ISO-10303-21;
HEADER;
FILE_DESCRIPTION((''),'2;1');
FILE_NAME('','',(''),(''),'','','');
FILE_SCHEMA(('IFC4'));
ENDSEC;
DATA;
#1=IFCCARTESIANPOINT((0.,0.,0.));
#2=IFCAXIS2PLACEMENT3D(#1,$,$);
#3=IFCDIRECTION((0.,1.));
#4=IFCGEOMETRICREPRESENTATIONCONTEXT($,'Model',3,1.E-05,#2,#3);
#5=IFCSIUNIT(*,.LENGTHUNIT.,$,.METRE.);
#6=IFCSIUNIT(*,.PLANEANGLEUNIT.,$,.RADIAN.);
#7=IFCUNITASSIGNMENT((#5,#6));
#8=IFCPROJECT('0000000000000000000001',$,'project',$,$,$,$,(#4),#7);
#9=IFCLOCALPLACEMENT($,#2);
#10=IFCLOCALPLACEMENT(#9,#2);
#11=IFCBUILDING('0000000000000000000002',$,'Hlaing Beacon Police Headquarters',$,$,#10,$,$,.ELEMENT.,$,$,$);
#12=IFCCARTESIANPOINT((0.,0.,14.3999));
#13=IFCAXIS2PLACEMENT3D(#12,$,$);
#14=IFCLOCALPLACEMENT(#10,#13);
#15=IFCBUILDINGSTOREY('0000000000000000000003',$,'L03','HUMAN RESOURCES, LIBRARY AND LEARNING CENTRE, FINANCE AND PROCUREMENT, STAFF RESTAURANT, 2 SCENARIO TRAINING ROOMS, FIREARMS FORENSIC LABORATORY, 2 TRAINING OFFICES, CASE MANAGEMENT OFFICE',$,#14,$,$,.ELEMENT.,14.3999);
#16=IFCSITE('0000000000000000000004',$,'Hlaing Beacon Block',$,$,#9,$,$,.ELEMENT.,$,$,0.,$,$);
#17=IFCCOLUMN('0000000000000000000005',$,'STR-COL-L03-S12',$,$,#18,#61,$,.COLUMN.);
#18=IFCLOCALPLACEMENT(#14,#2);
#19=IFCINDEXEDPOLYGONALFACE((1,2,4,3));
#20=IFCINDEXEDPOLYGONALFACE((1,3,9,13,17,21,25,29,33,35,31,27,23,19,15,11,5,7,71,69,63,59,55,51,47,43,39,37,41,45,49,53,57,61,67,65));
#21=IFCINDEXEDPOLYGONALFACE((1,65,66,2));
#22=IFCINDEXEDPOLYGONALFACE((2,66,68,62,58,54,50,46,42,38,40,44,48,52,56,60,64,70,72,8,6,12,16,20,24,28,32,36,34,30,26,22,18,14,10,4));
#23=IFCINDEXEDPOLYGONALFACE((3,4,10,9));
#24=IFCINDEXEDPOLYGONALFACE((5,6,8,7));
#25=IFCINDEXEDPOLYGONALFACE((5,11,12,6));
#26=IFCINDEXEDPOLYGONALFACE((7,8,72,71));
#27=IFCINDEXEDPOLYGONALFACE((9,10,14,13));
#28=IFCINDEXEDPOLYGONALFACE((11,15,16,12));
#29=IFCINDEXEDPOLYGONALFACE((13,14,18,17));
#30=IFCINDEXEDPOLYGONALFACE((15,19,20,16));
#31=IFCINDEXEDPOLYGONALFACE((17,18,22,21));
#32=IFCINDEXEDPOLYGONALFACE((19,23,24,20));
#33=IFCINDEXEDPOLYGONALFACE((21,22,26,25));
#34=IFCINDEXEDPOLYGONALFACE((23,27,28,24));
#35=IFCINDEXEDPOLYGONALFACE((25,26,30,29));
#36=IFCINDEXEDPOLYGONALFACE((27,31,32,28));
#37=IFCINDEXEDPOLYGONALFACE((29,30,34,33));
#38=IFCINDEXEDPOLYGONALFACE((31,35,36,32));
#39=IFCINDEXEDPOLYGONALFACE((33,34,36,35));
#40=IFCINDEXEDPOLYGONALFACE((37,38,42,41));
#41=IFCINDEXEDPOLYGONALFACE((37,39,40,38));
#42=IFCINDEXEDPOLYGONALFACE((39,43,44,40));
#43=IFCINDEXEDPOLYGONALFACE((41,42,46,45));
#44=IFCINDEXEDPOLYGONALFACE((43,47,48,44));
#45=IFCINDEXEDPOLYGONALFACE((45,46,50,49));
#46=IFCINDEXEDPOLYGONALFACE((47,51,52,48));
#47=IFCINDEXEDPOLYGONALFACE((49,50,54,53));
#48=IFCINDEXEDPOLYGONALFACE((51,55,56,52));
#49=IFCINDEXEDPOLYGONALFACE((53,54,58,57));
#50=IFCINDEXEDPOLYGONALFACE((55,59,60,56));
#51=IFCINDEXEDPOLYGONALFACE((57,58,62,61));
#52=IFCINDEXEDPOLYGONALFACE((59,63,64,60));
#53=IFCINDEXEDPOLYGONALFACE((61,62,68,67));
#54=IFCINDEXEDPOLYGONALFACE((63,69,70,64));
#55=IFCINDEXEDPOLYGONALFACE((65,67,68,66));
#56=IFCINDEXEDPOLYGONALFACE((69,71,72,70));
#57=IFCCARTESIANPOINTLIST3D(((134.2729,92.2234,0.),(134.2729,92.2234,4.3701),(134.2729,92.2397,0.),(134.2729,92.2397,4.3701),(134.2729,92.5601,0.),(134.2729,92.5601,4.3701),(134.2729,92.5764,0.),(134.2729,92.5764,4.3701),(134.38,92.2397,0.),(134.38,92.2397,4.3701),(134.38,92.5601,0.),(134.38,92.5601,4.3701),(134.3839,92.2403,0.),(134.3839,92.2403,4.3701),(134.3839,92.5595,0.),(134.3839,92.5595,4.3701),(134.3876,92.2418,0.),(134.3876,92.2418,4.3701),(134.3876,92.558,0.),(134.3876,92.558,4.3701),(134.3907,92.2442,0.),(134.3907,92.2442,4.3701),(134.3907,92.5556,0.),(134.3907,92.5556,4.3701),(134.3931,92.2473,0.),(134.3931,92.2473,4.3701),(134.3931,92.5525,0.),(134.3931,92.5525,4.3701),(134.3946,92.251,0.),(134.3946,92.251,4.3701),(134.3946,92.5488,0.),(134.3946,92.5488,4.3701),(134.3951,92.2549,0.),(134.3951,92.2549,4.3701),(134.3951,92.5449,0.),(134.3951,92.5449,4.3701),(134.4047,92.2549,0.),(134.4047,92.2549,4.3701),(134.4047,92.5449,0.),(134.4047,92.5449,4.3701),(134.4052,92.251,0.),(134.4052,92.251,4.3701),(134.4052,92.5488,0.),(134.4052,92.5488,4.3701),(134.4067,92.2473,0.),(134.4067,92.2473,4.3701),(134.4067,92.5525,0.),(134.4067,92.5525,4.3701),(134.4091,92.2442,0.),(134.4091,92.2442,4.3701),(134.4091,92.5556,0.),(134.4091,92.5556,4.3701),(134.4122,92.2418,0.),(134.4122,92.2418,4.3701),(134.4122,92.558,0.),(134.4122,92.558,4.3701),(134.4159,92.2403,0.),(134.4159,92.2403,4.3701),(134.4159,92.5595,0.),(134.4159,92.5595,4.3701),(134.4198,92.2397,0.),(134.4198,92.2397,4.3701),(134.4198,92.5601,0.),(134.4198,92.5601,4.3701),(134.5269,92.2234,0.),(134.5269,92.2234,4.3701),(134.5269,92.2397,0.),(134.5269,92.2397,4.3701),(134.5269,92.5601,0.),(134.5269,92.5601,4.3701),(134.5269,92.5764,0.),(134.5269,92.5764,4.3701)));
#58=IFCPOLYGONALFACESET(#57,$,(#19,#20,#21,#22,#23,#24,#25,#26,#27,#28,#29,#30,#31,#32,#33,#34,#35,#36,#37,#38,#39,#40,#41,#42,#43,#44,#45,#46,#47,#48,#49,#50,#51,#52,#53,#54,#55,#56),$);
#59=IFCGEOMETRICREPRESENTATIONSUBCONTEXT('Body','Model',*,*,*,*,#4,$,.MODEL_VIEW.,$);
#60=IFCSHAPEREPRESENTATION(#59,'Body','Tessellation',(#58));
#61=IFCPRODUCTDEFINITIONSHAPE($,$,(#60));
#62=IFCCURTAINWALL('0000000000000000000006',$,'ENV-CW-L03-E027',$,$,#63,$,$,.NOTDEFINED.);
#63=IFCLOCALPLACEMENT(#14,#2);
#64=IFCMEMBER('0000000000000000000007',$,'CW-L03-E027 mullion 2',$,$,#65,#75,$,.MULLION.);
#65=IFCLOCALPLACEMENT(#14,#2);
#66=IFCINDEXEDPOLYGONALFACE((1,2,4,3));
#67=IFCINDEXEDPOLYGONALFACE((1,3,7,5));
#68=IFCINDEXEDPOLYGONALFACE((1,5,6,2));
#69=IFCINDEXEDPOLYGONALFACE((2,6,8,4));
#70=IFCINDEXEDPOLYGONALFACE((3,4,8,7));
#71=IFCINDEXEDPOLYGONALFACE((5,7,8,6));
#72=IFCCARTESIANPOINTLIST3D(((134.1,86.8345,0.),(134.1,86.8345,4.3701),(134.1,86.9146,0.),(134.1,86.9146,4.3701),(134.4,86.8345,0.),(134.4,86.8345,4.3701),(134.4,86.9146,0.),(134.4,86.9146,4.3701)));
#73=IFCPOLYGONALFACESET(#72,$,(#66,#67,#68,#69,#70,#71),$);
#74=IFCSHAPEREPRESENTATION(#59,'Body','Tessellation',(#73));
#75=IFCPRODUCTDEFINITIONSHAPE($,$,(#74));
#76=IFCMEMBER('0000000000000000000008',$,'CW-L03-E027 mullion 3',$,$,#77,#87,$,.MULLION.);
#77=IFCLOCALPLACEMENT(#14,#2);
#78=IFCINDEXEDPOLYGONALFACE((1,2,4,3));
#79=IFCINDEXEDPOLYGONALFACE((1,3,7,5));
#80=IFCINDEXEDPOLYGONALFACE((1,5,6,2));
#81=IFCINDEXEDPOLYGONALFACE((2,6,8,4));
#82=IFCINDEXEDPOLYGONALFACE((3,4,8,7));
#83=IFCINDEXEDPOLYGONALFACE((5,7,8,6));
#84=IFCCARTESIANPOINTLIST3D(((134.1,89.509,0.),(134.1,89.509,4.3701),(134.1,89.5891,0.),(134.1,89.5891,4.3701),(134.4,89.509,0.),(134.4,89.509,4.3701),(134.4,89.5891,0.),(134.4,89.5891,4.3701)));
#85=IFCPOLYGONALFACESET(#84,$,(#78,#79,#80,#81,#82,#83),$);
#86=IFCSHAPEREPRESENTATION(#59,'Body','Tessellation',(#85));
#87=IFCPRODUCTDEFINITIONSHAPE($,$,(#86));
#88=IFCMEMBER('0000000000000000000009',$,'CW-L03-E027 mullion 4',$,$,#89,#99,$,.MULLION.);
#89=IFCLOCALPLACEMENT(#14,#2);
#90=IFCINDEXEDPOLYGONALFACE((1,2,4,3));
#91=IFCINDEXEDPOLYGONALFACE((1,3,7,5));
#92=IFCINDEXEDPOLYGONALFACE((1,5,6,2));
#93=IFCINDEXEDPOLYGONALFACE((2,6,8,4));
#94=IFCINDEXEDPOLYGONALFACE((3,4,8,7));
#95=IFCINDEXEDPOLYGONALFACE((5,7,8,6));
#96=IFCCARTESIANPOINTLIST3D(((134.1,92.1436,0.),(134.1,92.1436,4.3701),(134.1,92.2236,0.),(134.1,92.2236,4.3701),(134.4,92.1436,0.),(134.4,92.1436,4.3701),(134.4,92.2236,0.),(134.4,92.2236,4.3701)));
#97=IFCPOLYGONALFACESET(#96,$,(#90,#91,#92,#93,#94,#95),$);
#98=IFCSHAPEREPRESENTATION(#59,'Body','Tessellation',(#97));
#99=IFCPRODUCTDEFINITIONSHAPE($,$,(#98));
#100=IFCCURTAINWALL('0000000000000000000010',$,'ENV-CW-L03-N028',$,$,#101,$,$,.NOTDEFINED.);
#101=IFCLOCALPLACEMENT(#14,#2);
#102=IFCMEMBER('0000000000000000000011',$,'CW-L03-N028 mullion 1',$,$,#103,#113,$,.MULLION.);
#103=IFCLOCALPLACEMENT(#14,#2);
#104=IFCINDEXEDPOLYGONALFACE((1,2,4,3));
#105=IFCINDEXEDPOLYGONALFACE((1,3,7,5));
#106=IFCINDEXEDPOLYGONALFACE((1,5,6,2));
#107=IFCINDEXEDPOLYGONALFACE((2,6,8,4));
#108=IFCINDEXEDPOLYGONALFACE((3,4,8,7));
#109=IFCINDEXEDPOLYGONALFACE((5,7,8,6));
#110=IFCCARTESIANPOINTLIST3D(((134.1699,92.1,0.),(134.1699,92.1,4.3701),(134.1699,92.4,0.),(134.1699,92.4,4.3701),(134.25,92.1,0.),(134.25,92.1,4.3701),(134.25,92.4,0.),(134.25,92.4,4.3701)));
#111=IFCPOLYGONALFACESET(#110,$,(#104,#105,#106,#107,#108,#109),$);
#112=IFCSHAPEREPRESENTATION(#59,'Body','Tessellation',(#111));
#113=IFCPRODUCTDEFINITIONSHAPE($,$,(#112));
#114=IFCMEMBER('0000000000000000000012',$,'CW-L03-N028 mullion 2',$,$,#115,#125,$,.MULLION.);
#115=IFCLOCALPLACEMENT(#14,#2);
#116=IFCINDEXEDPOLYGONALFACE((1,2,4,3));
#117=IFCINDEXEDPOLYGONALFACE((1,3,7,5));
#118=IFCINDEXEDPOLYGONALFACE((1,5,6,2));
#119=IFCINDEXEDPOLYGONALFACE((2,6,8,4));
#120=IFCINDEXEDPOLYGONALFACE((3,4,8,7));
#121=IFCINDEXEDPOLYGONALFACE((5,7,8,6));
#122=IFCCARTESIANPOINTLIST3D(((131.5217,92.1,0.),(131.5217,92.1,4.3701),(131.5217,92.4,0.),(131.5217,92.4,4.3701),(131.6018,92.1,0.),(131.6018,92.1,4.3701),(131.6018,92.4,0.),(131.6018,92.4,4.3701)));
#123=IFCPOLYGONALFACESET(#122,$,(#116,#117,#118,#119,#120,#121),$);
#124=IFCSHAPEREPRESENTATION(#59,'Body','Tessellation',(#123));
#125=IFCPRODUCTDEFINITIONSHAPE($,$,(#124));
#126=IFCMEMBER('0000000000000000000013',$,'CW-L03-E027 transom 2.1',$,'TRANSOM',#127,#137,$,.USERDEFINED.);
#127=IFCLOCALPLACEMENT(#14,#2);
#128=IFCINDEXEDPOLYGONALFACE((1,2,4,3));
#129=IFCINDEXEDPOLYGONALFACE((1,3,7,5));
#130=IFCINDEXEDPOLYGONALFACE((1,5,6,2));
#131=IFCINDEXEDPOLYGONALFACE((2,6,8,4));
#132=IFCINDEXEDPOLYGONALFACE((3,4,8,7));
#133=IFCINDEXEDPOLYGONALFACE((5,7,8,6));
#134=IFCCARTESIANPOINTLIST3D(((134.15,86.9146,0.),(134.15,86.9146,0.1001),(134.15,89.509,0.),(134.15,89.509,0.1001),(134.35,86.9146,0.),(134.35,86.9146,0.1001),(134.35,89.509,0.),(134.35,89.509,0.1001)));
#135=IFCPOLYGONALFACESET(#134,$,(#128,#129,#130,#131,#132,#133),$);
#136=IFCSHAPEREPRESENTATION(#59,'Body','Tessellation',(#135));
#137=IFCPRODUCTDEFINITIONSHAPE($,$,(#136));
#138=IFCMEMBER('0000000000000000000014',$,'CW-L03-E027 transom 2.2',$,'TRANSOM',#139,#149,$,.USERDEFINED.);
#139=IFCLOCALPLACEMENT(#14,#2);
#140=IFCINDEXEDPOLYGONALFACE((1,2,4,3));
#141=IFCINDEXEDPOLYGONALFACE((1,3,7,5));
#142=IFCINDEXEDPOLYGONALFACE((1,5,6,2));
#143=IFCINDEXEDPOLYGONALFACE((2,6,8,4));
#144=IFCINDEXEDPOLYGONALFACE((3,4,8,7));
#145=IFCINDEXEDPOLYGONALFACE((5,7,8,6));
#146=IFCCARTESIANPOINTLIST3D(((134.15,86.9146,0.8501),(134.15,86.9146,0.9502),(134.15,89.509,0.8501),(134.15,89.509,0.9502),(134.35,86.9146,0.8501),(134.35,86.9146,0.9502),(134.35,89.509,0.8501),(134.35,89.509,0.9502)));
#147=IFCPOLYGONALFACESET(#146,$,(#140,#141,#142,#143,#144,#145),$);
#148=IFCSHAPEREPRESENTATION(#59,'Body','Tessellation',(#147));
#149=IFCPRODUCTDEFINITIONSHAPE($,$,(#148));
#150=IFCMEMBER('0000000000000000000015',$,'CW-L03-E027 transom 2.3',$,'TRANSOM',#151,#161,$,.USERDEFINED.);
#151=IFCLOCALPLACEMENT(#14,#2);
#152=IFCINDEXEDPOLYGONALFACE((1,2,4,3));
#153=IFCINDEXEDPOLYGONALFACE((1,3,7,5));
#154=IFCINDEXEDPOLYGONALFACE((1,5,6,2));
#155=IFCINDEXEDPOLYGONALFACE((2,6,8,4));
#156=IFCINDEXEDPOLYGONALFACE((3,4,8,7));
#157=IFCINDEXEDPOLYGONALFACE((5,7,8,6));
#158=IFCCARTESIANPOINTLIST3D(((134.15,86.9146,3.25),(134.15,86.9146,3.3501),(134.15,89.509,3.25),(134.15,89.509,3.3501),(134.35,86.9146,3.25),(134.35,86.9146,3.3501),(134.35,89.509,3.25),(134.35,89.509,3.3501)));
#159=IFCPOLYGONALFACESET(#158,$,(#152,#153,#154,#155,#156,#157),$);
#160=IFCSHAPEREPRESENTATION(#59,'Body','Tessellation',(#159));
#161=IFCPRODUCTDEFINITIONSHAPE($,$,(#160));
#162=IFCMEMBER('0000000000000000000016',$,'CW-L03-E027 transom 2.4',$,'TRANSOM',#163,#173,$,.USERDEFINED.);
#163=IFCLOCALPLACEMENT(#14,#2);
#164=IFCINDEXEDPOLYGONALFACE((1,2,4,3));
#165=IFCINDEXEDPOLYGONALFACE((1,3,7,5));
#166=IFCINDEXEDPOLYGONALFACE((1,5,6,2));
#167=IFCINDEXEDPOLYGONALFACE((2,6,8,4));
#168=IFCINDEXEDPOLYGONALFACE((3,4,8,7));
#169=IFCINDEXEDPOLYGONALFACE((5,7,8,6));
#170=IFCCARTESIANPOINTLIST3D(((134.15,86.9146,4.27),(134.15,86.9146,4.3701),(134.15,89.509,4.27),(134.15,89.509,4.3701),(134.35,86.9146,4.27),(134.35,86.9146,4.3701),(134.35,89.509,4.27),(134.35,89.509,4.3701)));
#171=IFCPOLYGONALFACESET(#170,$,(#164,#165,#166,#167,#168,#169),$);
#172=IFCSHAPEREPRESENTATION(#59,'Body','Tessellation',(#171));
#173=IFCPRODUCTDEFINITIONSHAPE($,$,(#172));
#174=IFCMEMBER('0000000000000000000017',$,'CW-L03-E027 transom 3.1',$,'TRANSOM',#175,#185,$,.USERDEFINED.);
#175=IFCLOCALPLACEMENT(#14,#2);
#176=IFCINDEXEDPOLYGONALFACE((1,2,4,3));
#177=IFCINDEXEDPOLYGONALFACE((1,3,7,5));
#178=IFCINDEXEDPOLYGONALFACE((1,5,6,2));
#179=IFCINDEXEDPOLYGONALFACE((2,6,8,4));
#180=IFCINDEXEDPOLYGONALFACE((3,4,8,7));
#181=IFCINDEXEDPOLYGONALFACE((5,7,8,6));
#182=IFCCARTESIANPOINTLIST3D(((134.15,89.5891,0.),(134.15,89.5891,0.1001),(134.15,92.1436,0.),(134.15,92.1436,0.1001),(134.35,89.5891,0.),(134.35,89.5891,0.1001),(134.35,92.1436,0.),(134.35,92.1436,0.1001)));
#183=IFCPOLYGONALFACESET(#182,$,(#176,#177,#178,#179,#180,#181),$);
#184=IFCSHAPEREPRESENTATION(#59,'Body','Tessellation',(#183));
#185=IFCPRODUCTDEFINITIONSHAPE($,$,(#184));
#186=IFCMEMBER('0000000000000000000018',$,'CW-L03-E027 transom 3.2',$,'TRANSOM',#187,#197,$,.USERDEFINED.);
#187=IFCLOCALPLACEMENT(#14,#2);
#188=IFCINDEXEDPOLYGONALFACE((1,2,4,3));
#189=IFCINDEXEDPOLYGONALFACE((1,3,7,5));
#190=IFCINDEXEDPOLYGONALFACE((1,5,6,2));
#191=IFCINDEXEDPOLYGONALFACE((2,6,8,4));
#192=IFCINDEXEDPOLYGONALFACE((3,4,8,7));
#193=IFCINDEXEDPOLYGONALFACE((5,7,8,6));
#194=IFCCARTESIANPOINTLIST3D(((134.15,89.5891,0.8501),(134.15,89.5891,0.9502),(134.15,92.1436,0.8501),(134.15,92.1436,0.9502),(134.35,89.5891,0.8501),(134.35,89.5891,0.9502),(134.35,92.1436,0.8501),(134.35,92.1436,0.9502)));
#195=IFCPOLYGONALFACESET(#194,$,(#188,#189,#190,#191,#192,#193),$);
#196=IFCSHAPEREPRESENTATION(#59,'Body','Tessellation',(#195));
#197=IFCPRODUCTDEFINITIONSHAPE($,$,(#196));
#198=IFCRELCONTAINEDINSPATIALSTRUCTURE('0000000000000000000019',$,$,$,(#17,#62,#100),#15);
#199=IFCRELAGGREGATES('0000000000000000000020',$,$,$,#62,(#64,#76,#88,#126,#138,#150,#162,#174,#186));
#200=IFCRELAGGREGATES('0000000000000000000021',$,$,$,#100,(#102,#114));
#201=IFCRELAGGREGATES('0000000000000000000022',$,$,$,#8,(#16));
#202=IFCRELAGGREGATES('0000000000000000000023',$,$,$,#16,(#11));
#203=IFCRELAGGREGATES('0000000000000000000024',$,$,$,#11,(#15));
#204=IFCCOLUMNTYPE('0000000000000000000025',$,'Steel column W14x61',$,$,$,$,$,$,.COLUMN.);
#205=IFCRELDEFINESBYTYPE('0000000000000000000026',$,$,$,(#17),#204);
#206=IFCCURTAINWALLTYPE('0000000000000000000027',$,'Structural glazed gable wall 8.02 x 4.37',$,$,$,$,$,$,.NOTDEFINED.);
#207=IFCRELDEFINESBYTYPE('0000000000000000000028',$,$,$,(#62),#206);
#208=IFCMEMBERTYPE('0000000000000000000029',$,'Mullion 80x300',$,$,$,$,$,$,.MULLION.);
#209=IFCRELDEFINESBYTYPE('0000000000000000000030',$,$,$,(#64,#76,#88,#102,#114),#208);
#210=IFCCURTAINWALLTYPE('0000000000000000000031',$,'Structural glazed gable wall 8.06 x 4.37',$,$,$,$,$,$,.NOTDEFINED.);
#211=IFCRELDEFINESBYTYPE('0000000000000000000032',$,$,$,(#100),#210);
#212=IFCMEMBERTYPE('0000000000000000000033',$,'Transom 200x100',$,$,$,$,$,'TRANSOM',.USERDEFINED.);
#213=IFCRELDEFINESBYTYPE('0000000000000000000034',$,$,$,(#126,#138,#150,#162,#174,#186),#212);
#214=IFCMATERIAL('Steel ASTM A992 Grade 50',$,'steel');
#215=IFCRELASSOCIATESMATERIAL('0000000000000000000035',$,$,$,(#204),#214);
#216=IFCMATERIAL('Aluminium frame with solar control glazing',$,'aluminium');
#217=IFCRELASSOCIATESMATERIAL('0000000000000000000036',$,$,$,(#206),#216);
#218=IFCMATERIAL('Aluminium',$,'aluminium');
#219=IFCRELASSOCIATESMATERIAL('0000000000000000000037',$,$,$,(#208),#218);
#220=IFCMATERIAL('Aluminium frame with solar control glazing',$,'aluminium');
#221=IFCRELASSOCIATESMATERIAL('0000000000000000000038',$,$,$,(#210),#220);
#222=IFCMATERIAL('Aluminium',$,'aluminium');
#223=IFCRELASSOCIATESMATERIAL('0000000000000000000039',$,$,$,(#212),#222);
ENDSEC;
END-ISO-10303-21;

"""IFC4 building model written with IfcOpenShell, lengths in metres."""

from ifc_helpers import new_model, si_unit, direction, frame, origin, origin_2d, place, context, subcontext, project, spatial, rectangle, i_section, extrude, material, material_profile, profile_set, type_object, element, aggregate, save


model = new_model("IFC4")

# Units and contexts
model_context = context("Model", 3, precision=1e-05, world=origin(), true_north=direction((0.0, 1.0)))
body_context = subcontext(model_context, "Body", "Model", "MODEL_VIEW")
ifc_project = project(units=[si_unit("LENGTHUNIT", "METRE"), si_unit("PLANEANGLEUNIT", "RADIAN")], contexts=[model_context])

# Site, building, storey
site_placement = place(None, origin())
site = spatial("IfcSite", under=ifc_project, at=site_placement, Name="Hlaing Beacon Block", CompositionType="ELEMENT", RefElevation=0.0)
building_placement = place(site_placement, origin())
building = spatial("IfcBuilding", under=site, at=building_placement, Name="Hlaing Beacon Police Headquarters", CompositionType="ELEMENT")
storey_placement = place(building_placement, frame((0.0, 0.0, 14.3999)))
storey = spatial("IfcBuildingStorey", under=building, at=storey_placement, Name="L03", Description="HUMAN RESOURCES, LIBRARY AND LEARNING CENTRE, FINANCE AND PROCUREMENT, STAFF RESTAURANT, 2 SCENARIO TRAINING ROOMS, FIREARMS FORENSIC LABORATORY, 2 TRAINING OFFICES, CASE MANAGEMENT OFFICE", CompositionType="ELEMENT", Elevation=14.3999)

# Column
ifc_material_1 = material(Name="Steel ASTM A992 Grade 50", Category="steel")
ifc_material_profile_1 = material_profile(ifc_material_1, i_section(OverallWidth=0.2539, OverallDepth=0.353, WebThickness=0.0095, FlangeThickness=0.0164, FilletRadius=0.0151, at=origin_2d()), Name="W14x61")
ifc_profile_set_1 = profile_set([ifc_material_profile_1], Name="Steel ASTM A992 Grade 50")
column_type = type_object("IfcColumnType", Name="Steel column W14x61", PredefinedType="COLUMN", material=ifc_profile_set_1)
column_placement = place(storey_placement, frame((134.3999, 92.3999, 0.0), z_axis=(0.0, 0.0, 1.0), x_axis=(1.0, 0.0, 0.0)))
element("IfcColumn", 1, at=column_placement, inside=storey, type_object=column_type, Name="STR-COL-L03-S12", PredefinedType="COLUMN", context=body_context, shape_type="SweptSolid", body=[
    extrude(i_section(OverallWidth=0.2539, OverallDepth=0.353, WebThickness=0.0095, FlangeThickness=0.0164, FilletRadius=0.0151, at=origin_2d()), origin(), (0.0, 0.0, 1.0), 4.3701),
])

# Curtain walls, members
ifc_material_2 = material(Name="Aluminium frame with solar control glazing", Category="aluminium")
curtain_wall_type_1 = type_object("IfcCurtainWallType", Name="Structural glazed gable wall 8.02 x 4.37", PredefinedType="NOTDEFINED", material=ifc_material_2)
curtain_wall_1_placement = place(storey_placement, origin())
curtain_wall_1 = element("IfcCurtainWall", 2, at=curtain_wall_1_placement, inside=storey, type_object=curtain_wall_type_1, Name="ENV-CW-L03-E027", PredefinedType="NOTDEFINED")
ifc_material_3 = material(Name="Aluminium", Category="aluminium")
ifc_material_profile_2 = material_profile(ifc_material_3, rectangle(XDim=0.3, YDim=0.0801, at=origin_2d()), Name="Mullion 80x300")
ifc_profile_set_2 = profile_set([ifc_material_profile_2], Name="Aluminium")
member_type_1 = type_object("IfcMemberType", Name="Mullion 80x300", PredefinedType="MULLION", material=ifc_profile_set_2)
member_1_placement = place(storey_placement, frame((134.25, 86.8745, 0.0), z_axis=(0.0, 0.0, 1.0), x_axis=(-1.0, 0.0, 0.0)))
member_1 = element("IfcMember", 3, at=member_1_placement, type_object=member_type_1, Name="CW-L03-E027 mullion 2", PredefinedType="MULLION", context=body_context, shape_type="SweptSolid", body=[
    extrude(rectangle(XDim=0.3, YDim=0.0801, at=origin_2d()), origin(), (0.0, 0.0, 1.0), 4.3701),
])
member_2_placement = place(storey_placement, frame((134.25, 89.5491, 0.0), z_axis=(0.0, 0.0, 1.0), x_axis=(-1.0, 0.0, 0.0)))
member_2 = element("IfcMember", 4, at=member_2_placement, type_object=member_type_1, Name="CW-L03-E027 mullion 3", PredefinedType="MULLION", context=body_context, shape_type="SweptSolid", body=[
    extrude(rectangle(XDim=0.3, YDim=0.0801, at=origin_2d()), origin(), (0.0, 0.0, 1.0), 4.3701),
])
member_3_placement = place(storey_placement, frame((134.25, 92.1836, 0.0), z_axis=(0.0, 0.0, 1.0), x_axis=(-1.0, 0.0, 0.0)))
member_3 = element("IfcMember", 5, at=member_3_placement, type_object=member_type_1, Name="CW-L03-E027 mullion 4", PredefinedType="MULLION", context=body_context, shape_type="SweptSolid", body=[
    extrude(rectangle(XDim=0.3, YDim=0.0801, at=origin_2d()), origin(), (0.0, 0.0, 1.0), 4.3701),
])
ifc_material_4 = material(Name="Aluminium frame with solar control glazing", Category="aluminium")
curtain_wall_type_2 = type_object("IfcCurtainWallType", Name="Structural glazed gable wall 8.06 x 4.37", PredefinedType="NOTDEFINED", material=ifc_material_4)
curtain_wall_2_placement = place(storey_placement, origin())
curtain_wall_2 = element("IfcCurtainWall", 6, at=curtain_wall_2_placement, inside=storey, type_object=curtain_wall_type_2, Name="ENV-CW-L03-N028", PredefinedType="NOTDEFINED")
member_4_placement = place(storey_placement, frame((134.21, 92.25, 0.0), z_axis=(0.0, 0.0, 1.0), x_axis=(0.0, -1.0, 0.0)))
member_4 = element("IfcMember", 7, at=member_4_placement, type_object=member_type_1, Name="CW-L03-N028 mullion 1", PredefinedType="MULLION", context=body_context, shape_type="SweptSolid", body=[
    extrude(rectangle(XDim=0.3, YDim=0.0801, at=origin_2d()), origin(), (0.0, 0.0, 1.0), 4.3701),
])
member_5_placement = place(storey_placement, frame((131.5618, 92.25, 0.0), z_axis=(0.0, 0.0, 1.0), x_axis=(0.0, -1.0, 0.0)))
member_5 = element("IfcMember", 8, at=member_5_placement, type_object=member_type_1, Name="CW-L03-N028 mullion 2", PredefinedType="MULLION", context=body_context, shape_type="SweptSolid", body=[
    extrude(rectangle(XDim=0.3, YDim=0.0801, at=origin_2d()), origin(), (0.0, 0.0, 1.0), 4.3701),
])

# Members
ifc_material_5 = material(Name="Aluminium", Category="aluminium")
ifc_material_profile_3 = material_profile(ifc_material_5, rectangle(XDim=0.2, YDim=0.1001, at=origin_2d()), Name="Transom 200x100")
ifc_profile_set_3 = profile_set([ifc_material_profile_3], Name="Aluminium")
member_type_2 = type_object("IfcMemberType", Name="Transom 200x100", ElementType="TRANSOM", PredefinedType="USERDEFINED", material=ifc_profile_set_3)
member_6_placement = place(storey_placement, frame((134.25, 86.9146, 0.05), z_axis=(0.0, 1.0, 0.0), x_axis=(-1.0, 0.0, 0.0)))
member_6 = element("IfcMember", 9, at=member_6_placement, type_object=member_type_2, Name="CW-L03-E027 transom 2.1", ObjectType="TRANSOM", PredefinedType="USERDEFINED", context=body_context, shape_type="SweptSolid", body=[
    extrude(rectangle(XDim=0.2, YDim=0.1001, at=origin_2d()), origin(), (0.0, 0.0, 1.0), 2.5945),
])
member_7_placement = place(storey_placement, frame((134.25, 86.9146, 0.9001), z_axis=(0.0, 1.0, 0.0), x_axis=(-1.0, 0.0, 0.0)))
member_7 = element("IfcMember", 10, at=member_7_placement, type_object=member_type_2, Name="CW-L03-E027 transom 2.2", ObjectType="TRANSOM", PredefinedType="USERDEFINED", context=body_context, shape_type="SweptSolid", body=[
    extrude(rectangle(XDim=0.2, YDim=0.1001, at=origin_2d()), origin(), (0.0, 0.0, 1.0), 2.5945),
])
member_8_placement = place(storey_placement, frame((134.25, 86.9146, 3.3), z_axis=(0.0, 1.0, 0.0), x_axis=(-1.0, 0.0, 0.0)))
member_8 = element("IfcMember", 11, at=member_8_placement, type_object=member_type_2, Name="CW-L03-E027 transom 2.3", ObjectType="TRANSOM", PredefinedType="USERDEFINED", context=body_context, shape_type="SweptSolid", body=[
    extrude(rectangle(XDim=0.2, YDim=0.1001, at=origin_2d()), origin(), (0.0, 0.0, 1.0), 2.5945),
])
member_9_placement = place(storey_placement, frame((134.25, 86.9146, 4.3201), z_axis=(0.0, 1.0, 0.0), x_axis=(-1.0, 0.0, 0.0)))
member_9 = element("IfcMember", 12, at=member_9_placement, type_object=member_type_2, Name="CW-L03-E027 transom 2.4", ObjectType="TRANSOM", PredefinedType="USERDEFINED", context=body_context, shape_type="SweptSolid", body=[
    extrude(rectangle(XDim=0.2, YDim=0.1001, at=origin_2d()), origin(), (0.0, 0.0, 1.0), 2.5945),
])
member_10_placement = place(storey_placement, frame((134.25, 89.5891, 0.05), z_axis=(0.0, 1.0, 0.0), x_axis=(-1.0, 0.0, 0.0)))
member_10 = element("IfcMember", 13, at=member_10_placement, type_object=member_type_2, Name="CW-L03-E027 transom 3.1", ObjectType="TRANSOM", PredefinedType="USERDEFINED", context=body_context, shape_type="SweptSolid", body=[
    extrude(rectangle(XDim=0.2, YDim=0.1001, at=origin_2d()), origin(), (0.0, 0.0, 1.0), 2.5544),
])
member_11_placement = place(storey_placement, frame((134.25, 89.5891, 0.9001), z_axis=(0.0, 1.0, 0.0), x_axis=(-1.0, 0.0, 0.0)))
member_11 = element("IfcMember", 14, at=member_11_placement, type_object=member_type_2, Name="CW-L03-E027 transom 3.2", ObjectType="TRANSOM", PredefinedType="USERDEFINED", context=body_context, shape_type="SweptSolid", body=[
    extrude(rectangle(XDim=0.2, YDim=0.1001, at=origin_2d()), origin(), (0.0, 0.0, 1.0), 2.5544),
])

aggregate(curtain_wall_1, [member_1, member_2, member_3, member_6, member_7, member_8, member_9, member_10, member_11])
aggregate(curtain_wall_2, [member_4, member_5])

save(model, "model.ifc")
